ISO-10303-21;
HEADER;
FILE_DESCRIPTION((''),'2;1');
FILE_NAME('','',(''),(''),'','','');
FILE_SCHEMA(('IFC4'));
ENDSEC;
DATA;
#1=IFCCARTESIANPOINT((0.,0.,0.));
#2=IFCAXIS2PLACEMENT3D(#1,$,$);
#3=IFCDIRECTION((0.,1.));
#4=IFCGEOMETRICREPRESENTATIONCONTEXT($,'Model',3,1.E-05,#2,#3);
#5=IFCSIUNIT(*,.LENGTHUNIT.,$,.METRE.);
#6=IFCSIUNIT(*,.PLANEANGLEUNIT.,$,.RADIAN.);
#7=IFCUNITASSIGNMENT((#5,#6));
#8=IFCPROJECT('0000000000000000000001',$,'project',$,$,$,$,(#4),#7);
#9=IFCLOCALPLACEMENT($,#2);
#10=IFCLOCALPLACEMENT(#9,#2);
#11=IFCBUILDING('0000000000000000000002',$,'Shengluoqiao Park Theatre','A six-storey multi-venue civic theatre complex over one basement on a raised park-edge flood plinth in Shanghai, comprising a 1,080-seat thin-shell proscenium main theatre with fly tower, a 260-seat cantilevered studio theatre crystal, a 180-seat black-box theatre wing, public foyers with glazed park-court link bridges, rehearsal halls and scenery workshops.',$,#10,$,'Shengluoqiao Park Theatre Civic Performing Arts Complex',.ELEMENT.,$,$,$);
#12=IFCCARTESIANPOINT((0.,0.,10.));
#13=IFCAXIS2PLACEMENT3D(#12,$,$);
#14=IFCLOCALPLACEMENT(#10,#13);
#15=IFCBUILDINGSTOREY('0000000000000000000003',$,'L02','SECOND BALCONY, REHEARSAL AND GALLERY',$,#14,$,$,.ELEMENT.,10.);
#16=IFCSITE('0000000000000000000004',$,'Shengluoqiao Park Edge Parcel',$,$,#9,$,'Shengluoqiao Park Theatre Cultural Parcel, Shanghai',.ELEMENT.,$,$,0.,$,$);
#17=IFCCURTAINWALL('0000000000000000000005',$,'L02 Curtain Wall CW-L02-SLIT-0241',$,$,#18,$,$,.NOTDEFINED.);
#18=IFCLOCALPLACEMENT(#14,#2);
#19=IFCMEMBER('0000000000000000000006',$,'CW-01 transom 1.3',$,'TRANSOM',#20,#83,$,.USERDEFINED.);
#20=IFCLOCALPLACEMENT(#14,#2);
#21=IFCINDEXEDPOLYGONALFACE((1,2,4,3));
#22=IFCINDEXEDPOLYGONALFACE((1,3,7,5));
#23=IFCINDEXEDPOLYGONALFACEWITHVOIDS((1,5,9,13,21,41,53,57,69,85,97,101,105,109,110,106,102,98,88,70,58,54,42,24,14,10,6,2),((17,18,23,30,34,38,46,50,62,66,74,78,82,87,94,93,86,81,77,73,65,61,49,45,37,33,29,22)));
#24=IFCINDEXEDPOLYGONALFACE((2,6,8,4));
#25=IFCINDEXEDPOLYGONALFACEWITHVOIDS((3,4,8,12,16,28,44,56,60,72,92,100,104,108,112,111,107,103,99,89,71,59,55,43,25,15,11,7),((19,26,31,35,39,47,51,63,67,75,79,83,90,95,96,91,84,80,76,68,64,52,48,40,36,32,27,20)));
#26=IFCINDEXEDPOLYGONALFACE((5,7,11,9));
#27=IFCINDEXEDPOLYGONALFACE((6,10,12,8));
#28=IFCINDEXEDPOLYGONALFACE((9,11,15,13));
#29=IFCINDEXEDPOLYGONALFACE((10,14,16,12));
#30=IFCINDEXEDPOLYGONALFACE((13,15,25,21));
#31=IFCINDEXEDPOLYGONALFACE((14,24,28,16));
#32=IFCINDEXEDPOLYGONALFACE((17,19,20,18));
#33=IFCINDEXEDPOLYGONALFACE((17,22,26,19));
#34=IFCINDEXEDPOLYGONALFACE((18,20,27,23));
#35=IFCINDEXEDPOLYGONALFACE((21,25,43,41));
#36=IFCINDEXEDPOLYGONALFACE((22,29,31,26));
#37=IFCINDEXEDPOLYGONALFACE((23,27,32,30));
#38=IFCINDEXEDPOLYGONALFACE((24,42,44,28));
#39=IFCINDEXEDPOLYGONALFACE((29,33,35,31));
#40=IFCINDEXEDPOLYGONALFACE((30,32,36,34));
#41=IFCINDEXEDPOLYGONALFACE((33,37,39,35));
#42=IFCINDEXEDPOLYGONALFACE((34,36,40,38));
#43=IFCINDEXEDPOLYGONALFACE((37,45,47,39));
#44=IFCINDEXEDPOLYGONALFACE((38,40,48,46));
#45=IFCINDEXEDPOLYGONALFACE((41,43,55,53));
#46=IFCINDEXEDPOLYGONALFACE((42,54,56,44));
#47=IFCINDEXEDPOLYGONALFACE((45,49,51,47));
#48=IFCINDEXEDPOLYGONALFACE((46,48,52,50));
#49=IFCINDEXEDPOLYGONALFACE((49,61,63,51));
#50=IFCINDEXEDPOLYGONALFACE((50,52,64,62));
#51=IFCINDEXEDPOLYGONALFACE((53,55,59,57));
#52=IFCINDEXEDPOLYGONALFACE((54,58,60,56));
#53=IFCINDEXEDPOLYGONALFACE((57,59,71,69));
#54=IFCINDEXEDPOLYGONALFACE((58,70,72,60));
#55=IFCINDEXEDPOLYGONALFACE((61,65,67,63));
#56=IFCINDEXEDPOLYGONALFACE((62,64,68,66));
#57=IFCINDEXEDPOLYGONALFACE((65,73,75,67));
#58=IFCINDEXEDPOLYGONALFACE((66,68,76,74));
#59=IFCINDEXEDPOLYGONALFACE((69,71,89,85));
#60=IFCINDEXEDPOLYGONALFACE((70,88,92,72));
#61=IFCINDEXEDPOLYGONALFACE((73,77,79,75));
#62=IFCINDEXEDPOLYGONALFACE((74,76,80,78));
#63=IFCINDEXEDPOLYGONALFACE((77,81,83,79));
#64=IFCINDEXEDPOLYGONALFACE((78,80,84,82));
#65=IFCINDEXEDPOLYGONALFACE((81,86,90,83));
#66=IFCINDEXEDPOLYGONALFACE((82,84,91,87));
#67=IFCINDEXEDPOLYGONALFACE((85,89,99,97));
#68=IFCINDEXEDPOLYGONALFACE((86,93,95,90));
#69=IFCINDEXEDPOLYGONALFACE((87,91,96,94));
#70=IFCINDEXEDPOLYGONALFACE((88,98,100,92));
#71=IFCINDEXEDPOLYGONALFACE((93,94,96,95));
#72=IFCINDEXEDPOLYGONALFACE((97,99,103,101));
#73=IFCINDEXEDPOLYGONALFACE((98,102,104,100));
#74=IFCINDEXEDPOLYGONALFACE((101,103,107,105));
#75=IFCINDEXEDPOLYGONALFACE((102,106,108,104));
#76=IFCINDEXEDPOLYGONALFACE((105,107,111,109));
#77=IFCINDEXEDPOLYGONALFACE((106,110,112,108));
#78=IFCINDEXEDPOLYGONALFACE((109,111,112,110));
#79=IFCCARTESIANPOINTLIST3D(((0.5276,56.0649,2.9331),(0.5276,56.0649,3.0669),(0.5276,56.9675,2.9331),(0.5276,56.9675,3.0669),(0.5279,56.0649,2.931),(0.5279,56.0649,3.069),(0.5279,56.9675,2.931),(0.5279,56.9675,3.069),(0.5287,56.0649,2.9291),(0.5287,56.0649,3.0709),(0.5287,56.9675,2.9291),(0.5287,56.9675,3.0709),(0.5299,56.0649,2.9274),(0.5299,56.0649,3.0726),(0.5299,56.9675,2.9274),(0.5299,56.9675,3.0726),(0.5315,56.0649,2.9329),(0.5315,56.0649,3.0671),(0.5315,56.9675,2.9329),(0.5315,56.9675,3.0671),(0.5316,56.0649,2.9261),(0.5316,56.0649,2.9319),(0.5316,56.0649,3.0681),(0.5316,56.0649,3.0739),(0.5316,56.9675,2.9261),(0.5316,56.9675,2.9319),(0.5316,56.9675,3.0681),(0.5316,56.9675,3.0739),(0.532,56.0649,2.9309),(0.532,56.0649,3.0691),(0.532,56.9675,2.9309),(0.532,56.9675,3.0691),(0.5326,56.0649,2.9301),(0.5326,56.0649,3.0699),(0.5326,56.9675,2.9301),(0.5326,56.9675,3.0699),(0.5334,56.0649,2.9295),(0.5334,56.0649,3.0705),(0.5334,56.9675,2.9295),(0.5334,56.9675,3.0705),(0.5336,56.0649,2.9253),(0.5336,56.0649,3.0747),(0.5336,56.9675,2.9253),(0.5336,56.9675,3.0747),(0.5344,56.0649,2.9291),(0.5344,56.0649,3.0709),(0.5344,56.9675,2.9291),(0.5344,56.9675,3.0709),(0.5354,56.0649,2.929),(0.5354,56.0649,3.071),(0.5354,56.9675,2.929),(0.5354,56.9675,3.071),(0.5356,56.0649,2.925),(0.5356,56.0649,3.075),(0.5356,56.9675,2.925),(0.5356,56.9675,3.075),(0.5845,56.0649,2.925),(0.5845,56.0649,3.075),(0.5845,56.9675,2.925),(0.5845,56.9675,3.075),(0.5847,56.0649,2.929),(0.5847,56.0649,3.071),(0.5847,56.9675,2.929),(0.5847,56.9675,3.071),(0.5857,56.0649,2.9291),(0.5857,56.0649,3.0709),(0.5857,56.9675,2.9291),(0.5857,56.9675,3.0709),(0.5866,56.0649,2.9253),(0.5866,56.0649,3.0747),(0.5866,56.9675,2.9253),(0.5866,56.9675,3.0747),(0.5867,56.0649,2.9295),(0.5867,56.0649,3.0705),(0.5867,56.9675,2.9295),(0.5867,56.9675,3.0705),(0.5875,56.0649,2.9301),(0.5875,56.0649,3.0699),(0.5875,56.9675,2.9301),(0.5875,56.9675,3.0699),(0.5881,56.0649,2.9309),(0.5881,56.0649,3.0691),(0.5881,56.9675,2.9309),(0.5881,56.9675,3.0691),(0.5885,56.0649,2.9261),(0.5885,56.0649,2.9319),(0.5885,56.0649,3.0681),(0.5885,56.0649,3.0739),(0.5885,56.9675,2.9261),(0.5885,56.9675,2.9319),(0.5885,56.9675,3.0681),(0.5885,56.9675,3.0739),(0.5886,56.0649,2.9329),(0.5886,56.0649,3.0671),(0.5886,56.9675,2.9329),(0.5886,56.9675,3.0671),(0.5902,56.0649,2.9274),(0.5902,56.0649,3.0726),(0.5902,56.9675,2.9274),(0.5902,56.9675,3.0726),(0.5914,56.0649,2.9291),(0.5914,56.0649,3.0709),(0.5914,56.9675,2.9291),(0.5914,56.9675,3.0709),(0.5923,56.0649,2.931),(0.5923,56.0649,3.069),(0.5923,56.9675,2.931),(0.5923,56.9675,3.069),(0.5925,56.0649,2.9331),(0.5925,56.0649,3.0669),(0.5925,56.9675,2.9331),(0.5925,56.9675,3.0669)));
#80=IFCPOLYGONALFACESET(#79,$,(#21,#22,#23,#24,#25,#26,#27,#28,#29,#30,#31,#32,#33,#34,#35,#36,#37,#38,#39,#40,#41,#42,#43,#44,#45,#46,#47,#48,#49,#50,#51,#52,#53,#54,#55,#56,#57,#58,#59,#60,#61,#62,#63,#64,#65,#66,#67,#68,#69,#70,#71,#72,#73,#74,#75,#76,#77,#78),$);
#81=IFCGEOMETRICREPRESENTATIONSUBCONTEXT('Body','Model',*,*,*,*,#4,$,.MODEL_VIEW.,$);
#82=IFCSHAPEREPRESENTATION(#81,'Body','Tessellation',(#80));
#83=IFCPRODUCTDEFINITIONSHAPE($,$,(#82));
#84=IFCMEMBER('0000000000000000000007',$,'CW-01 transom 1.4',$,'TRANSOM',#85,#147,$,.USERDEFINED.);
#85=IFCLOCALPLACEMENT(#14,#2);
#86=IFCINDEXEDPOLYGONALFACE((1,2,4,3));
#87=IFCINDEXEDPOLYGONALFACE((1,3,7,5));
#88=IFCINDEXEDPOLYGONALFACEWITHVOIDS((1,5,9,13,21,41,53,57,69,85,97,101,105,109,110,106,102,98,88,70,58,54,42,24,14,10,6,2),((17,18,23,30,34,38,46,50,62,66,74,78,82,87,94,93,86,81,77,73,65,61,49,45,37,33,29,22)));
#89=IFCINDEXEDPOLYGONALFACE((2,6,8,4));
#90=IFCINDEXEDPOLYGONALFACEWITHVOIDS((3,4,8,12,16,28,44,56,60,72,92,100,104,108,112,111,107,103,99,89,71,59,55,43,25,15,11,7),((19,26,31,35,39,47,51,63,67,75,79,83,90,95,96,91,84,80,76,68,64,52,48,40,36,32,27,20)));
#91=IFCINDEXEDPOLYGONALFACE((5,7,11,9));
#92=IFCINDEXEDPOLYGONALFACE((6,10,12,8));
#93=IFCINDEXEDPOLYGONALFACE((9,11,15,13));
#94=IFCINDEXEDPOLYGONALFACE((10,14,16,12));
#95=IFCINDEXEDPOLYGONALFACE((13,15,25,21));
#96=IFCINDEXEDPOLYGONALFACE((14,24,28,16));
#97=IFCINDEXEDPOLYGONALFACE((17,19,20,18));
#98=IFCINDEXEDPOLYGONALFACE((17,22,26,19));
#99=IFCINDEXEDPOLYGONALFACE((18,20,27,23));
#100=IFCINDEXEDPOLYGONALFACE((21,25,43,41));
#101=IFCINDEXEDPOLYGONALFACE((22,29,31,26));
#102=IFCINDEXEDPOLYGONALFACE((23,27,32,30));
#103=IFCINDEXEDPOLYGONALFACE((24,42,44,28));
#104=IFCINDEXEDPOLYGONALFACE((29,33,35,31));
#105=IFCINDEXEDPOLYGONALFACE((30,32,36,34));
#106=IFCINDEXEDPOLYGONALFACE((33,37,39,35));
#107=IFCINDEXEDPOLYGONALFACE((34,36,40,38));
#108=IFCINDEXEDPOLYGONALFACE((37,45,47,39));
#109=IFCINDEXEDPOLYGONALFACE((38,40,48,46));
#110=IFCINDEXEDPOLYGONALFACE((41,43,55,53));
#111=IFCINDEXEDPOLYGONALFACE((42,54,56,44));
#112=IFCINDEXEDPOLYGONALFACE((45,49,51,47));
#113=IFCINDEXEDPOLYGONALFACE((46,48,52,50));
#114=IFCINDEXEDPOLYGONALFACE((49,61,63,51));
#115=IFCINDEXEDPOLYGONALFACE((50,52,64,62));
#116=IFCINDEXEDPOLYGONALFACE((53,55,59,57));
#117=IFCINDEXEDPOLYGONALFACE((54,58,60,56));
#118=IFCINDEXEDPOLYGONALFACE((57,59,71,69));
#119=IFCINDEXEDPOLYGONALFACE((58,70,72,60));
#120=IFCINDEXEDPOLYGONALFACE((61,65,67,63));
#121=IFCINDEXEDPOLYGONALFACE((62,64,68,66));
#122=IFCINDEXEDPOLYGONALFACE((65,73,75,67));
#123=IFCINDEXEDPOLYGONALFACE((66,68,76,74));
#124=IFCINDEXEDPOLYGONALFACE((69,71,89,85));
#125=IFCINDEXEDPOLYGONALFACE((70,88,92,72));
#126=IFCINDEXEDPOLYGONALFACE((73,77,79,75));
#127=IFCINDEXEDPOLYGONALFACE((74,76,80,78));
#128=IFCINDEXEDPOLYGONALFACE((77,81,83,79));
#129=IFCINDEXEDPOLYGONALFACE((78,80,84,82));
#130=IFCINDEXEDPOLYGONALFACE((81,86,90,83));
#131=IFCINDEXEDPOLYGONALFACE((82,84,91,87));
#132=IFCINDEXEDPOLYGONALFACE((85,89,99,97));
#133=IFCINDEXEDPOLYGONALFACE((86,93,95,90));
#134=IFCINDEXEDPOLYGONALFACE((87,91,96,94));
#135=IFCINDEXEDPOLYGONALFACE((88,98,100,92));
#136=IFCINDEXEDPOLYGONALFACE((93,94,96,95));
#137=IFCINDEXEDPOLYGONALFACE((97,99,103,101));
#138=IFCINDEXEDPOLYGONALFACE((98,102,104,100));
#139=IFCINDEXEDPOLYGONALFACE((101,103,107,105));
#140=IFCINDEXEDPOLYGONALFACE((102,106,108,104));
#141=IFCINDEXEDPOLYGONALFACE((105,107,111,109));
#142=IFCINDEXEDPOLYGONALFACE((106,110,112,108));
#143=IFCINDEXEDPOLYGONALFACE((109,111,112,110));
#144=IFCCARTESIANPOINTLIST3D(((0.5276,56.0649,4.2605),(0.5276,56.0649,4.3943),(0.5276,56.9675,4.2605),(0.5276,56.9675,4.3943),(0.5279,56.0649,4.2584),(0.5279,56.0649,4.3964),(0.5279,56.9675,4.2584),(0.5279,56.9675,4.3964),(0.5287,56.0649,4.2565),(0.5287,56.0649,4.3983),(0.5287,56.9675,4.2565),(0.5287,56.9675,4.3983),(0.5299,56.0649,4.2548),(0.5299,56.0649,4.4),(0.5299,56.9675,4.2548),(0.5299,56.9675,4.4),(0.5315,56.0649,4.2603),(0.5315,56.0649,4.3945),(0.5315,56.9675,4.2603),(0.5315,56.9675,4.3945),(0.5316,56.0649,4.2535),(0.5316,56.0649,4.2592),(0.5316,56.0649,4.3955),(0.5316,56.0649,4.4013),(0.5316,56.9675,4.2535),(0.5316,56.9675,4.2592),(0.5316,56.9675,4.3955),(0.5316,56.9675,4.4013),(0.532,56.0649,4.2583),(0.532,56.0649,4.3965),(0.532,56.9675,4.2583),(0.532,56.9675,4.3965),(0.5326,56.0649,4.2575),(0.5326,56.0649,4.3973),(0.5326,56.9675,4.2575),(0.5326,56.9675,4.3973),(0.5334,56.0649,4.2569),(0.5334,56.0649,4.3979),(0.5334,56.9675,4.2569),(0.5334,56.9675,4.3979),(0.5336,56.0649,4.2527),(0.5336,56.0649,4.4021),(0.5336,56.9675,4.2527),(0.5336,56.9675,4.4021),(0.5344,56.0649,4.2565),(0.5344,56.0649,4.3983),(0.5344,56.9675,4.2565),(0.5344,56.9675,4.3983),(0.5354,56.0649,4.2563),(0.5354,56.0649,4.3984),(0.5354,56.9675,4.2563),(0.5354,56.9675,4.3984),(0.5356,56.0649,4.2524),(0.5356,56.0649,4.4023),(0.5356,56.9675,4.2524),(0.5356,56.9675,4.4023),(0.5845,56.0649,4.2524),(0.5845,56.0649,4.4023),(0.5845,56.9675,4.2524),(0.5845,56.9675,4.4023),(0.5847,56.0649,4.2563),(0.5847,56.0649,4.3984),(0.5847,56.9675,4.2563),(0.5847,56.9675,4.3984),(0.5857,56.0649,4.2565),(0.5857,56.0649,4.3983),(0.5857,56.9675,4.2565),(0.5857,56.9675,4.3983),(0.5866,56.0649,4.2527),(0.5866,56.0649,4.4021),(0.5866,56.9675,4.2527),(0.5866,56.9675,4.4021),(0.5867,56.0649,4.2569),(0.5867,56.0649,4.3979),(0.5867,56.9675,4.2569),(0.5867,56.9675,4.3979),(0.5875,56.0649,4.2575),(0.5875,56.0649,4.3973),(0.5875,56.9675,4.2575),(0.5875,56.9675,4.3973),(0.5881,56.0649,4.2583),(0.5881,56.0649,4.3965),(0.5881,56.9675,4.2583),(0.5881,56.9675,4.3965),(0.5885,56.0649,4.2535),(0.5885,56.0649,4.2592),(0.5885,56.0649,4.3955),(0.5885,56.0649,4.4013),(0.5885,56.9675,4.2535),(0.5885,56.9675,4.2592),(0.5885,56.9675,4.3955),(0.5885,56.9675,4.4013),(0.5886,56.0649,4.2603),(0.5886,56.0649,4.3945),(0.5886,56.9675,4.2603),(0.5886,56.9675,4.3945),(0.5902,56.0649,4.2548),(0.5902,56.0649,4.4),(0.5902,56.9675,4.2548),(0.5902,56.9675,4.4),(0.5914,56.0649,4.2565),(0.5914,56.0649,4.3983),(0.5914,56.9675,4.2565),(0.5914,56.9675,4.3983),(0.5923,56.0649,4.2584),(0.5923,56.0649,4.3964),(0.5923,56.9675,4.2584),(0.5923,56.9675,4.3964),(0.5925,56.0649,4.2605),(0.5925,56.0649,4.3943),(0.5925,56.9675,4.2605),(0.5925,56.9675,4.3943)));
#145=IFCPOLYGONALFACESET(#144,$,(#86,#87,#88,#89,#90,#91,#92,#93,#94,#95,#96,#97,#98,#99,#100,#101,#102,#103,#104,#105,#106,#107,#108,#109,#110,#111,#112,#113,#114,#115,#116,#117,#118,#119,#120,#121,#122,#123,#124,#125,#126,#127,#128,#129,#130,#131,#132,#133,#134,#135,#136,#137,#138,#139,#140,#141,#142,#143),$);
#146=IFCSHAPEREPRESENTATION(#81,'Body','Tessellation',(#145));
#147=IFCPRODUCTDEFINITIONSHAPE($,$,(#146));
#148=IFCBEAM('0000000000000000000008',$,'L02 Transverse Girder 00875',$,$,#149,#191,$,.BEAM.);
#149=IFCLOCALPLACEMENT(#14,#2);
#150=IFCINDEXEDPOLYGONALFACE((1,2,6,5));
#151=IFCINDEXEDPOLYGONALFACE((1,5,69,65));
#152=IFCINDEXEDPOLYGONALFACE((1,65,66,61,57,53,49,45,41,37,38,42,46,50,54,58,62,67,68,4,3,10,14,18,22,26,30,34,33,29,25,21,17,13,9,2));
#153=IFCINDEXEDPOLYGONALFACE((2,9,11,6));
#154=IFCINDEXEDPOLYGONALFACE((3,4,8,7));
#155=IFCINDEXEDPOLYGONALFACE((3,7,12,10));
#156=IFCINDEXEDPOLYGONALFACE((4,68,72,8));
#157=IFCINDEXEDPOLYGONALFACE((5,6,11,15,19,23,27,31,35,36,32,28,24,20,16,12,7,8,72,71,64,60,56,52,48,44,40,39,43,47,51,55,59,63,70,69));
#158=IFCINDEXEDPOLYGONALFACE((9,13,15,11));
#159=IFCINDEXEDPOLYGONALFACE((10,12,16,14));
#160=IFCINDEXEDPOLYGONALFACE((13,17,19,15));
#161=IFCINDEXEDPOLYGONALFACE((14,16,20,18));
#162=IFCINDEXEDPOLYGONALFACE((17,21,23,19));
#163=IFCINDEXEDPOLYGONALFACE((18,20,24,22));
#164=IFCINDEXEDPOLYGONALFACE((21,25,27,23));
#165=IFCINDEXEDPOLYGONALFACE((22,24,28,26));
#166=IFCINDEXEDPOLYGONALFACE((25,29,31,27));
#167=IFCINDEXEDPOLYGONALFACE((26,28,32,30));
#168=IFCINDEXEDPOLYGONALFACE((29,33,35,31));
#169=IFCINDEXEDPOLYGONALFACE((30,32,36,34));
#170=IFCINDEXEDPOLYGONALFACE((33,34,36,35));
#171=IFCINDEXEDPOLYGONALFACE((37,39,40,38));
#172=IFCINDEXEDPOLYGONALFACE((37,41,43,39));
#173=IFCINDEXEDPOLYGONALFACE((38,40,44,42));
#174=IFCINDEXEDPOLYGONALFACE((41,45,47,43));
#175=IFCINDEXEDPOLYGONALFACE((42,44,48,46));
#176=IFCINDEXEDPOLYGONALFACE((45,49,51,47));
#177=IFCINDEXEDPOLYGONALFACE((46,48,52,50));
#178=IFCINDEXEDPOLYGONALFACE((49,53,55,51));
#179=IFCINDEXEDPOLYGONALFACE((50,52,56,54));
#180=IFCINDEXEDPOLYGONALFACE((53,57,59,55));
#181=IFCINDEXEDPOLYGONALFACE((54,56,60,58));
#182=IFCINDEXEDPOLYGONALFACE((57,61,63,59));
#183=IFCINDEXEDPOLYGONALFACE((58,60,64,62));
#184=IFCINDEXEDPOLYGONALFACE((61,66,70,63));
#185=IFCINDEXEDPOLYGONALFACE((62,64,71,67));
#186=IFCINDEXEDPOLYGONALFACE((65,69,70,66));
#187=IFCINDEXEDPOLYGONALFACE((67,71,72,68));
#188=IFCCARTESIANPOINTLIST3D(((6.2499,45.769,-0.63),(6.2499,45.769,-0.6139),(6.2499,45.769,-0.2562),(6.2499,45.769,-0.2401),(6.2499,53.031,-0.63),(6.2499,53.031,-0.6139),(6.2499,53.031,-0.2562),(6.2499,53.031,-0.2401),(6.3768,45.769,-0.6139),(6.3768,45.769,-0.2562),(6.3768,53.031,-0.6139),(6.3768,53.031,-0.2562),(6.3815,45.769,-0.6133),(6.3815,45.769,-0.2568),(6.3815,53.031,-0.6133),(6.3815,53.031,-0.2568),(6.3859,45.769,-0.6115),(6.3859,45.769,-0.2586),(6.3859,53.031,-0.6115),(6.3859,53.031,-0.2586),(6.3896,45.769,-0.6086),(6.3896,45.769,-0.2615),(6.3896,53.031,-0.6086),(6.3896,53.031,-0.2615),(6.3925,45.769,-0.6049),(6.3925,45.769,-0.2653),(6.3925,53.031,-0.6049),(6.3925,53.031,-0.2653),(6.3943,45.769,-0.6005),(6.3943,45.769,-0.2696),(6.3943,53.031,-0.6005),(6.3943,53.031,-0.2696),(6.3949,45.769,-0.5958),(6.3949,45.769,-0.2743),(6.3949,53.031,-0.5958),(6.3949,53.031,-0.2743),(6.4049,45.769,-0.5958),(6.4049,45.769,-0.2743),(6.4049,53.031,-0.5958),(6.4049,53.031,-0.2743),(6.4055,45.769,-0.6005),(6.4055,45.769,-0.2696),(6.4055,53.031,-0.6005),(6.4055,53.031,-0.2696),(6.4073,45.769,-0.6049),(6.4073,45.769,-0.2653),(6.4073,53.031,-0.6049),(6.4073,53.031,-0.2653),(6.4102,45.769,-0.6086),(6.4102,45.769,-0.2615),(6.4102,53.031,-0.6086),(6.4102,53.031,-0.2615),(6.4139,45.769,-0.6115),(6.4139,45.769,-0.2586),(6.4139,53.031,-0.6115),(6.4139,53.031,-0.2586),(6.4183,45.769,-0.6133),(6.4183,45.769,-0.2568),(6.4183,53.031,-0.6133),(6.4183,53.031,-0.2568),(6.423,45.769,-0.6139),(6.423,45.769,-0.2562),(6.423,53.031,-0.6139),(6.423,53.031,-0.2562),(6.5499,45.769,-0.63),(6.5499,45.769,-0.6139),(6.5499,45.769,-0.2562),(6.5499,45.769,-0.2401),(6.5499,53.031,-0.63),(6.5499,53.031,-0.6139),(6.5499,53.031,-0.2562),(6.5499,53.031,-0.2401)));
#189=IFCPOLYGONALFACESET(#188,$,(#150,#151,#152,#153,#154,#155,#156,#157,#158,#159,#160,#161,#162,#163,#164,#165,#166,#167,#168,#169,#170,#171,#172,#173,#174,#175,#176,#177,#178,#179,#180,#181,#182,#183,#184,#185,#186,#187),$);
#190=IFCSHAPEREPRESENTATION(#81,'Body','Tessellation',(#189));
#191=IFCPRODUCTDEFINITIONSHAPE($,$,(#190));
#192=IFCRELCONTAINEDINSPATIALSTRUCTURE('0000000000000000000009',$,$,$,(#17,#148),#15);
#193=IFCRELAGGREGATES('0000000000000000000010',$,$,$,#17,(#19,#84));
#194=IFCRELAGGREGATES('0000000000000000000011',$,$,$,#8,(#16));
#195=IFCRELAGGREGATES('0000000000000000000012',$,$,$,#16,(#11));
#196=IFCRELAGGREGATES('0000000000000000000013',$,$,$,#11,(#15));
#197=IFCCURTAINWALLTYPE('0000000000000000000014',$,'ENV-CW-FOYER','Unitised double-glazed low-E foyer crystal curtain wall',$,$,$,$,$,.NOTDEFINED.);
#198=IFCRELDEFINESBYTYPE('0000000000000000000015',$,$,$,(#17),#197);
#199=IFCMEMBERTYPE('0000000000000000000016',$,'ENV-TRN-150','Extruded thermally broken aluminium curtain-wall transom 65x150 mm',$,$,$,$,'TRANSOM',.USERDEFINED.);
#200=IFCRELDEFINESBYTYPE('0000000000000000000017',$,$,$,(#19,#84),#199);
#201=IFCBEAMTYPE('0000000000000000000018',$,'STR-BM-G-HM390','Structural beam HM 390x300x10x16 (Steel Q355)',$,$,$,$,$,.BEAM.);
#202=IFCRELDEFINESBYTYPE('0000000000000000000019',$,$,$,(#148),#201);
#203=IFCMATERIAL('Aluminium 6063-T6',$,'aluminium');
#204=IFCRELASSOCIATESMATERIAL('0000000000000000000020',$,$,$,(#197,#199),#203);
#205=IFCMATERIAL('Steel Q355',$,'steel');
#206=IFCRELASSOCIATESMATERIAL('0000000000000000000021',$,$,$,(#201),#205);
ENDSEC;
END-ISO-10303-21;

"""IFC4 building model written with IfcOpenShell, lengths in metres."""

from ifc_helpers import new_model, si_unit, direction, frame, origin, origin_2d, place, context, subcontext, project, spatial, hollow_rectangle, i_section, extrude, material, material_profile, profile_set, type_object, element, aggregate, save


model = new_model("IFC4")

# Units and contexts
model_context = context("Model", 3, precision=1e-05, world=origin(), true_north=direction((0.0, 1.0)))
body_context = subcontext(model_context, "Body", "Model", "MODEL_VIEW")
ifc_project = project(units=[si_unit("LENGTHUNIT", "METRE"), si_unit("PLANEANGLEUNIT", "RADIAN")], contexts=[model_context])

# Site, building, storey
site_placement = place(None, origin())
site = spatial("IfcSite", under=ifc_project, at=site_placement, Name="Shengluoqiao Park Edge Parcel", LongName="Shengluoqiao Park Theatre Cultural Parcel, Shanghai", CompositionType="ELEMENT", RefElevation=0.0)
building_placement = place(site_placement, origin())
building = spatial("IfcBuilding", under=site, at=building_placement, Name="Shengluoqiao Park Theatre", Description="A six-storey multi-venue civic theatre complex over one basement on a raised park-edge flood plinth in Shanghai, comprising a 1,080-seat thin-shell proscenium main theatre with fly tower, a 260-seat cantilevered studio theatre crystal, a 180-seat black-box theatre wing, public foyers with glazed park-court link bridges, rehearsal halls and scenery workshops.", LongName="Shengluoqiao Park Theatre Civic Performing Arts Complex", CompositionType="ELEMENT")
storey_placement = place(building_placement, frame((0.0, 0.0, 10.0)))
storey = spatial("IfcBuildingStorey", under=building, at=storey_placement, Name="L02", Description="SECOND BALCONY, REHEARSAL AND GALLERY", CompositionType="ELEMENT", Elevation=10.0)

# Shared definitions
ifc_material_1 = material(Name="Steel Q355", Category="steel")

# Curtain wall, members
ifc_material_2 = material(Name="Aluminium 6063-T6", Category="aluminium")
curtain_wall_type = type_object("IfcCurtainWallType", Name="ENV-CW-FOYER", Description="Unitised double-glazed low-E foyer crystal curtain wall", PredefinedType="NOTDEFINED", material=ifc_material_2)
curtain_wall_placement = place(storey_placement, origin())
curtain_wall = element("IfcCurtainWall", 1, at=curtain_wall_placement, inside=storey, type_object=curtain_wall_type, Name="L02 Curtain Wall CW-L02-SLIT-0241", PredefinedType="NOTDEFINED")
ifc_material_profile_1 = material_profile(ifc_material_2, hollow_rectangle(XDim=0.0649, YDim=0.1499, WallThickness=0.0039, InnerFilletRadius=0.0039, OuterFilletRadius=0.0081, at=origin_2d()), Name="ALU TRANSOM 150x65x4")
ifc_profile_set_1 = profile_set([ifc_material_profile_1], Name="Aluminium 6063-T6")
member_type_1 = type_object("IfcMemberType", Name="ENV-TRN-150", Description="Extruded thermally broken aluminium curtain-wall transom 65x150 mm", ElementType="TRANSOM", PredefinedType="USERDEFINED", material=ifc_profile_set_1)
member_1_placement = place(storey_placement, frame((0.5601, 56.0649, 3.0), z_axis=(0.0, 1.0, 0.0), x_axis=(-1.0, 0.0, 0.0)))
member_1 = element("IfcMember", 2, at=member_1_placement, type_object=member_type_1, Name="CW-01 transom 1.3", ObjectType="TRANSOM", PredefinedType="USERDEFINED", context=body_context, shape_type="SweptSolid", body=[
    extrude(hollow_rectangle(XDim=0.0649, YDim=0.1499, WallThickness=0.0039, InnerFilletRadius=0.0039, OuterFilletRadius=0.0081, at=origin_2d()), origin(), (0.0, 0.0, 1.0), 0.9026),
])
member_2_placement = place(storey_placement, frame((0.5601, 56.0649, 4.3274), z_axis=(0.0, 1.0, 0.0), x_axis=(-1.0, 0.0, 0.0)))
member_2 = element("IfcMember", 3, at=member_2_placement, type_object=member_type_1, Name="CW-01 transom 1.4", ObjectType="TRANSOM", PredefinedType="USERDEFINED", context=body_context, shape_type="SweptSolid", body=[
    extrude(hollow_rectangle(XDim=0.0649, YDim=0.1499, WallThickness=0.0039, InnerFilletRadius=0.0039, OuterFilletRadius=0.0081, at=origin_2d()), origin(), (0.0, 0.0, 1.0), 0.9026),
])
aggregate(curtain_wall, [member_1, member_2])

# Beam
ifc_material_profile_2 = material_profile(ifc_material_1, i_section(OverallWidth=0.3, OverallDepth=0.3899, WebThickness=0.01, FlangeThickness=0.0161, FilletRadius=0.0181, at=origin_2d()), Name="HM 390x300x10x16")
ifc_profile_set_2 = profile_set([ifc_material_profile_2], Name="Steel Q355")
beam_type_1 = type_object("IfcBeamType", Name="STR-BM-G-HM390", Description="Structural beam HM 390x300x10x16 (Steel Q355)", PredefinedType="BEAM", material=ifc_profile_set_2)
beam_1_placement = place(storey_placement, frame((6.3999, 45.769, -0.4351), z_axis=(0.0, 1.0, 0.0), x_axis=(-1.0, 0.0, 0.0)))
element("IfcBeam", 4, at=beam_1_placement, inside=storey, type_object=beam_type_1, Name="L02 Transverse Girder 00875", PredefinedType="BEAM", context=body_context, shape_type="SweptSolid", body=[
    extrude(i_section(OverallWidth=0.3, OverallDepth=0.3899, WebThickness=0.01, FlangeThickness=0.0161, FilletRadius=0.0181, at=origin_2d()), origin(), (0.0, 0.0, 1.0), 7.262),
])

save(model, "model.ifc")
